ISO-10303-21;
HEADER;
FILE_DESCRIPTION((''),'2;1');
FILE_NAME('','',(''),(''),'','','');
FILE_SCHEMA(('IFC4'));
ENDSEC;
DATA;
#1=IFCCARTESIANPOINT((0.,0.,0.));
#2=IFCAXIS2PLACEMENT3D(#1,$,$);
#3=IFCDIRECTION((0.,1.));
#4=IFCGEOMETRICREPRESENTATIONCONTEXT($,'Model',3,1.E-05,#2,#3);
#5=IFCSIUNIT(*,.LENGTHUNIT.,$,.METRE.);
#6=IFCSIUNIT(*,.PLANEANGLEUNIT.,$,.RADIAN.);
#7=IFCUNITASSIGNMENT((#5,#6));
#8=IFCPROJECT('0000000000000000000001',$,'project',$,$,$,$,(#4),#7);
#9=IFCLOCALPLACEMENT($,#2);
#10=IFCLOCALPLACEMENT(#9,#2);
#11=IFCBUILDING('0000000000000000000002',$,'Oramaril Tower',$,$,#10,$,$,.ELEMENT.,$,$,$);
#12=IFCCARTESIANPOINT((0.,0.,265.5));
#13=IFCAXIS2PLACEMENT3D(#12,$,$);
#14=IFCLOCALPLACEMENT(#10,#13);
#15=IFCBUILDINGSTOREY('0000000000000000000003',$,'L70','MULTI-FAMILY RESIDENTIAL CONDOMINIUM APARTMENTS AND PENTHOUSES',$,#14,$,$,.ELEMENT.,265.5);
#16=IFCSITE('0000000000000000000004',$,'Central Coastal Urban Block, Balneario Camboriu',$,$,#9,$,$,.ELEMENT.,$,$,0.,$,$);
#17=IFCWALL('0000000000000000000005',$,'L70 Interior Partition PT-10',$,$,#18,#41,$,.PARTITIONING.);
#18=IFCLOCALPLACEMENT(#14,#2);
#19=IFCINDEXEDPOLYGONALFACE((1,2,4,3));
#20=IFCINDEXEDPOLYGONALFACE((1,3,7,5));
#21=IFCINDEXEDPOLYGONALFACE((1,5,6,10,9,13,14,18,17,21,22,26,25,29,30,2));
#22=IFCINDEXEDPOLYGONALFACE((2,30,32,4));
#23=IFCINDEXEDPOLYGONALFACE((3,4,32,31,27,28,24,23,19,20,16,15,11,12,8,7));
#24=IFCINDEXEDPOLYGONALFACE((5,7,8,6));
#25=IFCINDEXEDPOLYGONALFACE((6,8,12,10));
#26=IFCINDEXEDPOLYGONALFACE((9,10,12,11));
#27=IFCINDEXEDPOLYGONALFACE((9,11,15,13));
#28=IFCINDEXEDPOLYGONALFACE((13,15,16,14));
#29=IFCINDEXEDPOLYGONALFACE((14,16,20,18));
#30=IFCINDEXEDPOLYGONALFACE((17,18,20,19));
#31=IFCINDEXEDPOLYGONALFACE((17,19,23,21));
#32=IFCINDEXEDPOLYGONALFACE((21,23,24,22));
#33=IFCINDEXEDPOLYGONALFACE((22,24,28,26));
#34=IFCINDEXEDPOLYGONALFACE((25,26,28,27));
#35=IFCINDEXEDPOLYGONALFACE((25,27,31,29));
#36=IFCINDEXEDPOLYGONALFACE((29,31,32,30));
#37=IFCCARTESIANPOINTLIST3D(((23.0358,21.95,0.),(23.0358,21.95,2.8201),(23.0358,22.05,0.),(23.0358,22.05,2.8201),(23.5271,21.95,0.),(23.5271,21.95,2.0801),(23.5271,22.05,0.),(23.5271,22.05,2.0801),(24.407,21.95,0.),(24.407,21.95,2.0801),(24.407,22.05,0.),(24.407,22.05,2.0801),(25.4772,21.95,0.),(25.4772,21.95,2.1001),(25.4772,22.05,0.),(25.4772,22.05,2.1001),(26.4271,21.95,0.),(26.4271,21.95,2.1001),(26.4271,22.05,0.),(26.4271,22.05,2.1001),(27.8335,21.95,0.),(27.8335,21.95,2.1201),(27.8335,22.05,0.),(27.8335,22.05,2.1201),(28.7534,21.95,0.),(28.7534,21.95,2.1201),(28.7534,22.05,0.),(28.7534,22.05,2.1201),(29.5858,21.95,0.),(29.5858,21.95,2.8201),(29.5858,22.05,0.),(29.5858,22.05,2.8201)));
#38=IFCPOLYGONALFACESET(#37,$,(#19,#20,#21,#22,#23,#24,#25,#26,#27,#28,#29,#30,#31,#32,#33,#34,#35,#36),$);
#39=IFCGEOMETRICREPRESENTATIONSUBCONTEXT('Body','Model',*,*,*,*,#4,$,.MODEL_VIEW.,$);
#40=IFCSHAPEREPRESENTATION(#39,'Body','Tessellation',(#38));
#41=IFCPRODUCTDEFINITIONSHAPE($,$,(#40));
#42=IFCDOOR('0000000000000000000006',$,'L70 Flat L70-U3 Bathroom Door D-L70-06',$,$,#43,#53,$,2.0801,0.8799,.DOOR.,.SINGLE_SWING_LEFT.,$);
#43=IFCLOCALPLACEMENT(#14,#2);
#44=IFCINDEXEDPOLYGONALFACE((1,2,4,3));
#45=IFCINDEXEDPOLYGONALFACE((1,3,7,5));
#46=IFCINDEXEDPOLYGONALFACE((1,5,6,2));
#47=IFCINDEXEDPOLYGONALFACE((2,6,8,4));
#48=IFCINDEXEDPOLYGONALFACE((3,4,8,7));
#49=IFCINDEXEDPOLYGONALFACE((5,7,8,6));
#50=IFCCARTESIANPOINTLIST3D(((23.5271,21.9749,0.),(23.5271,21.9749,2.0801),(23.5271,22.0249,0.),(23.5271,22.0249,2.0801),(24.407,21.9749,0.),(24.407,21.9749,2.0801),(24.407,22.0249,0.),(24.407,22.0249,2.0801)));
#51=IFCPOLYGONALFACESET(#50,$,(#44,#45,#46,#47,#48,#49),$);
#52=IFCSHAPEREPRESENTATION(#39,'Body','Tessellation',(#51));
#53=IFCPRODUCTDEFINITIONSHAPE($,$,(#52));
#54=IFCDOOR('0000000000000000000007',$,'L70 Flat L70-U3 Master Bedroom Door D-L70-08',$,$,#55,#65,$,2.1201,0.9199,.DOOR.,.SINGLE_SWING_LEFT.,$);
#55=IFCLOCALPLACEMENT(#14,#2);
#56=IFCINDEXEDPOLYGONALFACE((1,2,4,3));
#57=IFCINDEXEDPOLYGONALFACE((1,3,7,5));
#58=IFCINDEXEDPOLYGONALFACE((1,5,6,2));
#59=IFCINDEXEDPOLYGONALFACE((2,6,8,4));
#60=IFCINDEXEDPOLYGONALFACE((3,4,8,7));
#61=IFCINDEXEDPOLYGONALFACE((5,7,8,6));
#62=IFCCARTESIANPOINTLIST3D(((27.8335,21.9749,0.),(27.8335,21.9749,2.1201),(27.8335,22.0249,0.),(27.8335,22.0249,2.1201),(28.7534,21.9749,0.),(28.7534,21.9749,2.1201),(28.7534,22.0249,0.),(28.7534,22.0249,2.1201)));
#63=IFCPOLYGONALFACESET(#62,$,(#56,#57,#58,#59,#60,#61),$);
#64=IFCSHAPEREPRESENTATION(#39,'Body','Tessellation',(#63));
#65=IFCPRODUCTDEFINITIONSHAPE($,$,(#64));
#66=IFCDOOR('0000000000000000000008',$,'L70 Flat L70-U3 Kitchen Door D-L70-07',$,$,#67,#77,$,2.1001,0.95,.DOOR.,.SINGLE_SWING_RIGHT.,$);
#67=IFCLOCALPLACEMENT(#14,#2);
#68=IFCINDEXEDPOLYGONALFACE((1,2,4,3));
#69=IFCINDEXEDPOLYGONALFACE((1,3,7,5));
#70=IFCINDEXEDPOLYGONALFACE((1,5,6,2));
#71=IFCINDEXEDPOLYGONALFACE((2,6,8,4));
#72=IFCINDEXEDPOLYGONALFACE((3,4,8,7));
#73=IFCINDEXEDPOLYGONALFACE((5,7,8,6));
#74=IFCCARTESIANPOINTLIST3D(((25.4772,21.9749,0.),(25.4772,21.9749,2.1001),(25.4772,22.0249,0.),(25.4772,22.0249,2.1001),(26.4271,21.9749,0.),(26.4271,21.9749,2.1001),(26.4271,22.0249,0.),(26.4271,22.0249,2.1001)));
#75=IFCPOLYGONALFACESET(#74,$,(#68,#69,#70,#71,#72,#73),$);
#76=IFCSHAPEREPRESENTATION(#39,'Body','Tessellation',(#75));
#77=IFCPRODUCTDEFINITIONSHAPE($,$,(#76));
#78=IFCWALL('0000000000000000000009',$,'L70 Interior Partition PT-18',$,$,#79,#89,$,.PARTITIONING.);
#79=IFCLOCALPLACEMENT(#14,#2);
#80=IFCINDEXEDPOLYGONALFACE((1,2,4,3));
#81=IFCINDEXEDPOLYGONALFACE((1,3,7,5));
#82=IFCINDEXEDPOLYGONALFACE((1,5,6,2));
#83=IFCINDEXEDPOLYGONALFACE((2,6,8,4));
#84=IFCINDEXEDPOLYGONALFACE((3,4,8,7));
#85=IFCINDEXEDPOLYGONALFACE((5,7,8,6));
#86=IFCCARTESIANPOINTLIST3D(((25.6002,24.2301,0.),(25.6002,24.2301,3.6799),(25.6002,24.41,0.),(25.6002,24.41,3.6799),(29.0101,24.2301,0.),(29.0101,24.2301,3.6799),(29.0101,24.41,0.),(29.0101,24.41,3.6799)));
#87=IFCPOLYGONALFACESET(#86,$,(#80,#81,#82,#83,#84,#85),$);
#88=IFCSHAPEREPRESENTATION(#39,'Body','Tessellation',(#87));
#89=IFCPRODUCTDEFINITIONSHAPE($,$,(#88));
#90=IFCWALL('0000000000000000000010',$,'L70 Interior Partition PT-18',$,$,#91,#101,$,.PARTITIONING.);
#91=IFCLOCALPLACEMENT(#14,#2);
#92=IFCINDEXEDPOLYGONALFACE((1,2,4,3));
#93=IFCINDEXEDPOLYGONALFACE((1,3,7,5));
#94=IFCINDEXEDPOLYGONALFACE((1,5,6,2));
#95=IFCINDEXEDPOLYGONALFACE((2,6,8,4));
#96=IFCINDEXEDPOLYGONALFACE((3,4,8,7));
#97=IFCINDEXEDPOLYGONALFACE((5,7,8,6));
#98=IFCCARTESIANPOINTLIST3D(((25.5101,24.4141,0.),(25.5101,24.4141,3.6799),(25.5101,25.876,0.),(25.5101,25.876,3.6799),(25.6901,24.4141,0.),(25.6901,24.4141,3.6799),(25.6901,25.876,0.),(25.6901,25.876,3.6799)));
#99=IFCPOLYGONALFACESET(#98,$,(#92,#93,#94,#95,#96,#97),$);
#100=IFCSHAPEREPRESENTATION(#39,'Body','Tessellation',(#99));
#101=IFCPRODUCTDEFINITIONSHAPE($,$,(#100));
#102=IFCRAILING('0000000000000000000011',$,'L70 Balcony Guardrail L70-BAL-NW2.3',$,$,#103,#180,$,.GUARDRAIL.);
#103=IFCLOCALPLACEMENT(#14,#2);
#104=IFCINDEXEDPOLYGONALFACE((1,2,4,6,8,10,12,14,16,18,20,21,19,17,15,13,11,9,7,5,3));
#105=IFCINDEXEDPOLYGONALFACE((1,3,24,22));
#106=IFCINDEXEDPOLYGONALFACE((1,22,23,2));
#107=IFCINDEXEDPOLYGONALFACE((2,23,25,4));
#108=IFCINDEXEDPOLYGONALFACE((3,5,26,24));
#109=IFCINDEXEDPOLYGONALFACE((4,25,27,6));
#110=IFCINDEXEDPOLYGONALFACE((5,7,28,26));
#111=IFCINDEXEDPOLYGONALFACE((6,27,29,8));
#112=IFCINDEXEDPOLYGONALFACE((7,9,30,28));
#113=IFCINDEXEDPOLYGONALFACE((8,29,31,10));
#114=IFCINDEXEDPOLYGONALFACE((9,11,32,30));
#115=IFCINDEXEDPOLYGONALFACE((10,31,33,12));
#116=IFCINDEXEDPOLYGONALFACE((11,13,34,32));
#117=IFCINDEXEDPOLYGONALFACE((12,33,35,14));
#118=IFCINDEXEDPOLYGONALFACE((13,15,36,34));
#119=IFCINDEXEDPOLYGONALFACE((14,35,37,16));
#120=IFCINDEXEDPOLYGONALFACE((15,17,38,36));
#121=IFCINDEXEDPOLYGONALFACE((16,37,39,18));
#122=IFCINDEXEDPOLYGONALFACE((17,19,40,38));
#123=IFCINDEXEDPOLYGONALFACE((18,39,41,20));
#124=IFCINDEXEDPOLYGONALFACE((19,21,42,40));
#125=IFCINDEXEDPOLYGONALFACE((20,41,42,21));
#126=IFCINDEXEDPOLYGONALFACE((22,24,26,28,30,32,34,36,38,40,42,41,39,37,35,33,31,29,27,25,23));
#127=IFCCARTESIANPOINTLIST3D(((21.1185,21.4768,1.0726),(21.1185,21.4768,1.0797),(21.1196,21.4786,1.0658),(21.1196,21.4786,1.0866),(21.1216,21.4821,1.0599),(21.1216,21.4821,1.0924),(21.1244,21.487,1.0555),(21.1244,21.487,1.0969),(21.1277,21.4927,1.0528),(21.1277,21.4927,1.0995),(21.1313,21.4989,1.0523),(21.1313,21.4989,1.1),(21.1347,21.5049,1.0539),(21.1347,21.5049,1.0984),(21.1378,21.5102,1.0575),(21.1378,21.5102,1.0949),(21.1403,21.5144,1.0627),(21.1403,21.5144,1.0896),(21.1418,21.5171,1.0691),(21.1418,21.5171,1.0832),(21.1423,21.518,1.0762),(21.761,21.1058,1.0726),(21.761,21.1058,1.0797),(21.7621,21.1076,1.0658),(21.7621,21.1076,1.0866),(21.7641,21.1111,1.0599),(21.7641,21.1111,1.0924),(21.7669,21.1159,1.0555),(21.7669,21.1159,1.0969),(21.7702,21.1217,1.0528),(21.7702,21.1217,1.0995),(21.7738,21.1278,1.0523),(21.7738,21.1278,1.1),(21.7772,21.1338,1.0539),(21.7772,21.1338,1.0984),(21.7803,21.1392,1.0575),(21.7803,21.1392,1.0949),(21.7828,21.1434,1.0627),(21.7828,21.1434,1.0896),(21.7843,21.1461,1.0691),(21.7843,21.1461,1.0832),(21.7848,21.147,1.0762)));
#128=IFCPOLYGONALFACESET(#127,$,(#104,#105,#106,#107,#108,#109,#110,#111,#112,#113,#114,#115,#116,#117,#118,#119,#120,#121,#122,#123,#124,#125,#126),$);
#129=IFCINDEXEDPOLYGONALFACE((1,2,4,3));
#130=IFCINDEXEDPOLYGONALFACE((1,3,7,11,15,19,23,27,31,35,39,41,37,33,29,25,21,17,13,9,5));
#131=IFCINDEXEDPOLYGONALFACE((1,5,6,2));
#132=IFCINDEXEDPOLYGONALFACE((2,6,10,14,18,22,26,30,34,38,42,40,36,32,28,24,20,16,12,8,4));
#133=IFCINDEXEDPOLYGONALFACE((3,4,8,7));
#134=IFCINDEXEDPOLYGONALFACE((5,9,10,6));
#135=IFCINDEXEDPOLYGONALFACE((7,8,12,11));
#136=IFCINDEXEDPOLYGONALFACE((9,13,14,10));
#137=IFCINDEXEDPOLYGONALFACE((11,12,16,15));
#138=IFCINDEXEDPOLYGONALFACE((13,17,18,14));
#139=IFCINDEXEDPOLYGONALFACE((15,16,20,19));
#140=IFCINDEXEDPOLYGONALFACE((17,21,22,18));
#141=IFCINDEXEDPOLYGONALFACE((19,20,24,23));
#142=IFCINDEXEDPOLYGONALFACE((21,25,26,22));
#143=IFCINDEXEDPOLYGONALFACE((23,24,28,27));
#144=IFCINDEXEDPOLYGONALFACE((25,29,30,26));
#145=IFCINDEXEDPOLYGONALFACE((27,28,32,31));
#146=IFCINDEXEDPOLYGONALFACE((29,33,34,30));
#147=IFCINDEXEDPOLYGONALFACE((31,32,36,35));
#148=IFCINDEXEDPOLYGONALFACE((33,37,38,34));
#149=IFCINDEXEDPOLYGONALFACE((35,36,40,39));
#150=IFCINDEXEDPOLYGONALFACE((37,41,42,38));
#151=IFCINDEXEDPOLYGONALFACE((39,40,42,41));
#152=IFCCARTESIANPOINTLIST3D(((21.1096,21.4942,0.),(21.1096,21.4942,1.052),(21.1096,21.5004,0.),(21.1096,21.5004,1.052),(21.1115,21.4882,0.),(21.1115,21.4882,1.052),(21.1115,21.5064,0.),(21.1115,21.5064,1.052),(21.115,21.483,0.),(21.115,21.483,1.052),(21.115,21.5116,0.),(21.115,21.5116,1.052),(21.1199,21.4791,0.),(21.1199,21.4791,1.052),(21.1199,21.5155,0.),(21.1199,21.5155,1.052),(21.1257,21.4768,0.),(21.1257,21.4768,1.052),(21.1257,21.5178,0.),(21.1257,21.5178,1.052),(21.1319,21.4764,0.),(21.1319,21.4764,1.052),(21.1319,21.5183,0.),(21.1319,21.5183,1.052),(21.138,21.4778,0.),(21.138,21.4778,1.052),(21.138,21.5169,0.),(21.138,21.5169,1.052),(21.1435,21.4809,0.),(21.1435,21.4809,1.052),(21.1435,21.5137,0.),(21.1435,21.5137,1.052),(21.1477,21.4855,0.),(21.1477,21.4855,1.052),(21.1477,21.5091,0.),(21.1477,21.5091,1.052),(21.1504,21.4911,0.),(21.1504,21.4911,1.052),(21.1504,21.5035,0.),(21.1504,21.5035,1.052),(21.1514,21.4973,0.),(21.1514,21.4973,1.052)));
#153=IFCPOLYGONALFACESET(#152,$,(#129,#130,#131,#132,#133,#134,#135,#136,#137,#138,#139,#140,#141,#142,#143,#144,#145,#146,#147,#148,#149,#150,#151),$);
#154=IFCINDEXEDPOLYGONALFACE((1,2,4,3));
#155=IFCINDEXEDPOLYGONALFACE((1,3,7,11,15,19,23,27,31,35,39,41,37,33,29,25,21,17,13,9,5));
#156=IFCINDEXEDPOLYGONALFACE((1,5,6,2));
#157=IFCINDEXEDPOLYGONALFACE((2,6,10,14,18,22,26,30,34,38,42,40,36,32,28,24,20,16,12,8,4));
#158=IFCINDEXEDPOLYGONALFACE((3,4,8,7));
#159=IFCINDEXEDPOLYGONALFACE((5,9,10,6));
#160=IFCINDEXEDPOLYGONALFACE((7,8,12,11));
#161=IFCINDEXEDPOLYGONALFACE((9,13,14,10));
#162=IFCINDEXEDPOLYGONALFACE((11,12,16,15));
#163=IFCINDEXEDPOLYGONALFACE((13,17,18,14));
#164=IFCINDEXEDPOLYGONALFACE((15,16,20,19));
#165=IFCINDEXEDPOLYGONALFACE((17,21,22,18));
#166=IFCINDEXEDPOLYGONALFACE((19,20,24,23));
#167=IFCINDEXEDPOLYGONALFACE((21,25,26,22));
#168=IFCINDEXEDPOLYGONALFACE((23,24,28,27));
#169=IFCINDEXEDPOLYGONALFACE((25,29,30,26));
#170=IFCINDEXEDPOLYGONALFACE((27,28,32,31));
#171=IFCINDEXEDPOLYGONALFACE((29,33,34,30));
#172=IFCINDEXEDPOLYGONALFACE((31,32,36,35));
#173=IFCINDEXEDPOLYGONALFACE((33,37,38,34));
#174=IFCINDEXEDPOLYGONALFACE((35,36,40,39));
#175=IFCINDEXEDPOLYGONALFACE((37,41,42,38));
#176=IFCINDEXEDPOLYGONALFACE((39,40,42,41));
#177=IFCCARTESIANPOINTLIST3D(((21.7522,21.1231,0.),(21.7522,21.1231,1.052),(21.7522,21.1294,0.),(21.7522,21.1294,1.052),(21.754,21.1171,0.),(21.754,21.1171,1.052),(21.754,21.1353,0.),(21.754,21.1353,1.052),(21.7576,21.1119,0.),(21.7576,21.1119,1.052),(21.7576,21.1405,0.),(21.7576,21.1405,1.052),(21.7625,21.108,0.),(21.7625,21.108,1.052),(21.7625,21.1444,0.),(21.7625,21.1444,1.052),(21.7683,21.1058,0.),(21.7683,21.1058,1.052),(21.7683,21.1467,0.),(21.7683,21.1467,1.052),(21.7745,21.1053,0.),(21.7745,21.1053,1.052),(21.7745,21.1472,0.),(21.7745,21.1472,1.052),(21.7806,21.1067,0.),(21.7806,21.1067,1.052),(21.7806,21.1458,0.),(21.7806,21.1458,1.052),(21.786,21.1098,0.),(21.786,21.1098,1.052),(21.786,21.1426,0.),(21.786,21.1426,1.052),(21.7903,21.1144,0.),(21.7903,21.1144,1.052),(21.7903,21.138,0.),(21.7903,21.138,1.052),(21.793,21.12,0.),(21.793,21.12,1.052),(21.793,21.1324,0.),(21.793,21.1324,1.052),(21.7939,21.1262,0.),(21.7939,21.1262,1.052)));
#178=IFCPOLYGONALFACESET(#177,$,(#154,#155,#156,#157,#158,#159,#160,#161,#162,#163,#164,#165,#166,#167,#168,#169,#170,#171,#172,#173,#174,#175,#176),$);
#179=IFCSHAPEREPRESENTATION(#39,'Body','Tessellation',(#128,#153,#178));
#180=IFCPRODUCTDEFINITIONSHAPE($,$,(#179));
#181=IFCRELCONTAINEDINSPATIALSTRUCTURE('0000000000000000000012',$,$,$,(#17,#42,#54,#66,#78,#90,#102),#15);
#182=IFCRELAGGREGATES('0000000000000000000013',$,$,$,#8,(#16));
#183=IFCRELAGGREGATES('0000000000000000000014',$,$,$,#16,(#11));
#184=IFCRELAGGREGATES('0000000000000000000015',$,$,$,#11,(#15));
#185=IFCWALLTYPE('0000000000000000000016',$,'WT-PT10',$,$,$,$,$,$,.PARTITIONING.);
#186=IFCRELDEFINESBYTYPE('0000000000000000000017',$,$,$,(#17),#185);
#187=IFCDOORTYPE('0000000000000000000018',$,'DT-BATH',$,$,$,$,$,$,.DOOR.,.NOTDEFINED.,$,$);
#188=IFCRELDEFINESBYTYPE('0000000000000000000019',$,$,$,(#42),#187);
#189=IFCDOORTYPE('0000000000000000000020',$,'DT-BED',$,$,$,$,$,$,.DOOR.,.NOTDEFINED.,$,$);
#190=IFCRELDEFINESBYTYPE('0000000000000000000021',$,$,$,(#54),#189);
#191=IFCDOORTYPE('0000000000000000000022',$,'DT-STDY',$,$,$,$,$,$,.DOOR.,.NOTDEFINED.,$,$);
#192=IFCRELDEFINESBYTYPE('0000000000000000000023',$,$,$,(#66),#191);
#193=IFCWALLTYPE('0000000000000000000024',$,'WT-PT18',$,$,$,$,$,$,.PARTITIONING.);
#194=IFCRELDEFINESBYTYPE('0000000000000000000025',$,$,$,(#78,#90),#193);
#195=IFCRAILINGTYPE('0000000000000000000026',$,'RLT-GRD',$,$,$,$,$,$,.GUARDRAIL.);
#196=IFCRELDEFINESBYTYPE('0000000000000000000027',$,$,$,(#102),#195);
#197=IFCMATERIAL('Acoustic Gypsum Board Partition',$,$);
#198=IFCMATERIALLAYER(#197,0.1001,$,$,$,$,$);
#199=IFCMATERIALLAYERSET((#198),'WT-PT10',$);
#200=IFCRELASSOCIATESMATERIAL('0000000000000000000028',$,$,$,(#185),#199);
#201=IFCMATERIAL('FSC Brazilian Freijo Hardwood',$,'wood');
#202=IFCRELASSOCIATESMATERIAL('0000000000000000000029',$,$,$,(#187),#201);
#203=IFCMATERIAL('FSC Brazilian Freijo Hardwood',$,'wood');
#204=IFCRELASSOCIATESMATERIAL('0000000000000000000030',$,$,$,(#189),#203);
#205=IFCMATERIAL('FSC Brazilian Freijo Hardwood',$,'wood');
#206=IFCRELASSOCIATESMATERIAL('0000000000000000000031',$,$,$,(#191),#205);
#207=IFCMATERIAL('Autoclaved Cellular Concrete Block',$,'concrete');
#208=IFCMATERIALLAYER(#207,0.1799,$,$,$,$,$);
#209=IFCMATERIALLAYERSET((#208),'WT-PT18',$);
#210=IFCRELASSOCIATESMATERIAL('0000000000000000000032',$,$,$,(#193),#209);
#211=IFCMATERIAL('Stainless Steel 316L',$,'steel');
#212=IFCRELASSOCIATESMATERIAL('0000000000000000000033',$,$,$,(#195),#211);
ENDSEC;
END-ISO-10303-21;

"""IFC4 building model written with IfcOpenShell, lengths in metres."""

from ifc_helpers import new_model, si_unit, direction, frame, frame_2d, origin, origin_2d, place, context, subcontext, project, spatial, rectangle, circle, extrude, material, layer, layer_set, type_object, element, fill, save


model = new_model("IFC4")

# Units and contexts
model_context = context("Model", 3, precision=1e-05, world=origin(), true_north=direction((0.0, 1.0)))
body_context = subcontext(model_context, "Body", "Model", "MODEL_VIEW")
ifc_project = project(units=[si_unit("LENGTHUNIT", "METRE"), si_unit("PLANEANGLEUNIT", "RADIAN")], contexts=[model_context])

# Site, building, storey
site_placement = place(None, origin())
site = spatial("IfcSite", under=ifc_project, at=site_placement, Name="Central Coastal Urban Block, Balneario Camboriu", CompositionType="ELEMENT", RefElevation=0.0)
building_placement = place(site_placement, origin())
building = spatial("IfcBuilding", under=site, at=building_placement, Name="Oramaril Tower", CompositionType="ELEMENT")
storey_placement = place(building_placement, frame((0.0, 0.0, 265.5)))
storey = spatial("IfcBuildingStorey", under=building, at=storey_placement, Name="L70", Description="MULTI-FAMILY RESIDENTIAL CONDOMINIUM APARTMENTS AND PENTHOUSES", CompositionType="ELEMENT", Elevation=265.5)

# Wall, openings, doors
ifc_material_1 = material(Name="Acoustic Gypsum Board Partition")
ifc_layer_1 = layer(ifc_material_1, 0.1001)
ifc_layer_set_1 = layer_set([ifc_layer_1], Name="WT-PT10")
wall_type_1 = type_object("IfcWallType", Name="WT-PT10", PredefinedType="PARTITIONING", material=ifc_layer_set_1)
wall_1_placement = place(storey_placement, frame((23.0359, 22.0, 0.0), z_axis=(0.0, 0.0, 1.0), x_axis=(1.0, 0.0, 0.0)))
wall_1 = element("IfcWall", 1, at=wall_1_placement, inside=storey, type_object=wall_type_1, Name="L70 Interior Partition PT-10", PredefinedType="PARTITIONING", context=body_context, shape_type="SweptSolid", body=[
    extrude(rectangle(XDim=6.55, YDim=0.1001, at=frame_2d((3.2749, 0.0))), origin(), (0.0, 0.0, 1.0), 2.8201),
])
opening_1_placement = place(wall_1_placement, frame((0.4912, 0.0, 0.0)))
opening_1 = element("IfcOpeningElement", 2, at=opening_1_placement, cuts=wall_1, PredefinedType="OPENING", context=body_context, shape_type="SweptSolid", body=[
    extrude(rectangle(XDim=0.8799, YDim=2.0801, at=frame_2d((0.4399, 1.04))), frame((0.0, 0.05, 0.0), z_axis=(0.0, -1.0, 0.0), x_axis=(1.0, 0.0, 0.0)), (0.0, 0.0, 1.0), 0.1001),
])
opening_2_placement = place(wall_1_placement, frame((2.4412, 0.0, 0.0)))
opening_2 = element("IfcOpeningElement", 3, at=opening_2_placement, cuts=wall_1, PredefinedType="OPENING", context=body_context, shape_type="SweptSolid", body=[
    extrude(rectangle(XDim=0.95, YDim=2.1001, at=frame_2d((0.4751, 1.05))), frame((0.0, 0.05, 0.0), z_axis=(0.0, -1.0, 0.0), x_axis=(1.0, 0.0, 0.0)), (0.0, 0.0, 1.0), 0.1001),
])
opening_3_placement = place(wall_1_placement, frame((4.7976, 0.0, 0.0)))
opening_3 = element("IfcOpeningElement", 4, at=opening_3_placement, cuts=wall_1, PredefinedType="OPENING", context=body_context, shape_type="SweptSolid", body=[
    extrude(rectangle(XDim=0.9199, YDim=2.1201, at=frame_2d((0.46, 1.0601))), frame((0.0, 0.05, 0.0), z_axis=(0.0, -1.0, 0.0), x_axis=(1.0, 0.0, 0.0)), (0.0, 0.0, 1.0), 0.1001),
])
ifc_material_2 = material(Name="FSC Brazilian Freijo Hardwood", Category="wood")
door_type_1 = type_object("IfcDoorType", Name="DT-BATH", OperationType="NOTDEFINED", PredefinedType="DOOR", material=ifc_material_2)
door_1_placement = place(opening_1_placement, origin())
door_1 = element("IfcDoor", 5, at=door_1_placement, inside=storey, type_object=door_type_1, Name="L70 Flat L70-U3 Bathroom Door D-L70-06", OperationType="SINGLE_SWING_LEFT", OverallHeight=2.0801, OverallWidth=0.8799, PredefinedType="DOOR", context=body_context, shape_type="SweptSolid", body=[
    extrude(rectangle(XDim=0.8799, YDim=2.0801, at=frame_2d((0.4399, 1.04))), frame((0.0, 0.0249, 0.0), z_axis=(0.0, -1.0, 0.0), x_axis=(1.0, 0.0, 0.0)), (0.0, 0.0, 1.0), 0.05),
])
fill(opening_1, door_1)
ifc_material_3 = material(Name="FSC Brazilian Freijo Hardwood", Category="wood")
door_type_2 = type_object("IfcDoorType", Name="DT-BED", OperationType="NOTDEFINED", PredefinedType="DOOR", material=ifc_material_3)
door_2_placement = place(opening_3_placement, origin())
door_2 = element("IfcDoor", 6, at=door_2_placement, inside=storey, type_object=door_type_2, Name="L70 Flat L70-U3 Master Bedroom Door D-L70-08", OperationType="SINGLE_SWING_LEFT", OverallHeight=2.1201, OverallWidth=0.9199, PredefinedType="DOOR", context=body_context, shape_type="SweptSolid", body=[
    extrude(rectangle(XDim=0.9199, YDim=2.1201, at=frame_2d((0.46, 1.0601))), frame((0.0, 0.0249, 0.0), z_axis=(0.0, -1.0, 0.0), x_axis=(1.0, 0.0, 0.0)), (0.0, 0.0, 1.0), 0.05),
])
fill(opening_3, door_2)
ifc_material_4 = material(Name="FSC Brazilian Freijo Hardwood", Category="wood")
door_type_3 = type_object("IfcDoorType", Name="DT-STDY", OperationType="NOTDEFINED", PredefinedType="DOOR", material=ifc_material_4)
door_3_placement = place(opening_2_placement, origin())
door_3 = element("IfcDoor", 7, at=door_3_placement, inside=storey, type_object=door_type_3, Name="L70 Flat L70-U3 Kitchen Door D-L70-07", OperationType="SINGLE_SWING_RIGHT", OverallHeight=2.1001, OverallWidth=0.95, PredefinedType="DOOR", context=body_context, shape_type="SweptSolid", body=[
    extrude(rectangle(XDim=0.95, YDim=2.1001, at=frame_2d((0.4751, 1.05))), frame((0.0, 0.0249, 0.0), z_axis=(0.0, -1.0, 0.0), x_axis=(1.0, 0.0, 0.0)), (0.0, 0.0, 1.0), 0.05),
])
fill(opening_2, door_3)

# Wall
ifc_material_5 = material(Name="Autoclaved Cellular Concrete Block", Category="concrete")
ifc_layer_2 = layer(ifc_material_5, 0.1799)
ifc_layer_set_2 = layer_set([ifc_layer_2], Name="WT-PT18")
wall_type_2 = type_object("IfcWallType", Name="WT-PT18", PredefinedType="PARTITIONING", material=ifc_layer_set_2)
wall_2_placement = place(storey_placement, frame((25.6001, 24.3201, 0.0), z_axis=(0.0, 0.0, 1.0), x_axis=(1.0, 0.0, 0.0)))
element("IfcWall", 8, at=wall_2_placement, inside=storey, type_object=wall_type_2, Name="L70 Interior Partition PT-18", PredefinedType="PARTITIONING", context=body_context, shape_type="SweptSolid", body=[
    extrude(rectangle(XDim=3.4099, YDim=0.1799, at=frame_2d((1.7051, 0.0))), origin(), (0.0, 0.0, 1.0), 3.6799),
])

# Wall
wall_3_placement = place(storey_placement, frame((25.6001, 24.4141, 0.0), z_axis=(0.0, 0.0, 1.0), x_axis=(0.0, 1.0, 0.0)))
element("IfcWall", 9, at=wall_3_placement, inside=storey, type_object=wall_type_2, Name="L70 Interior Partition PT-18", PredefinedType="PARTITIONING", context=body_context, shape_type="SweptSolid", body=[
    extrude(rectangle(XDim=1.4619, YDim=0.1799, at=frame_2d((0.731, 0.0))), origin(), (0.0, 0.0, 1.0), 3.6799),
])

# Railing
ifc_material_6 = material(Name="Stainless Steel 316L", Category="steel")
railing_type = type_object("IfcRailingType", Name="RLT-GRD", PredefinedType="GUARDRAIL", material=ifc_material_6)
railing_placement = place(storey_placement, frame((21.1304, 21.4973, 0.0)))
element("IfcRailing", 10, at=railing_placement, inside=storey, type_object=railing_type, Name="L70 Balcony Guardrail L70-BAL-NW2.3", PredefinedType="GUARDRAIL", context=body_context, shape_type="SweptSolid", body=[
    extrude(circle(Radius=0.0239, at=origin_2d()), frame((0.0, 0.0, 1.0762), z_axis=(0.865966, -0.500102, 0.0), x_axis=(0.500102, 0.865966, 0.0)), (0.0, 0.0, 1.0), 0.7419),
    extrude(circle(Radius=0.021, at=origin_2d()), origin(), (0.0, 0.0, 1.0), 1.052),
    extrude(circle(Radius=0.021, at=origin_2d()), frame((0.6426, -0.3711, 0.0)), (0.0, 0.0, 1.0), 1.052),
])

save(model, "model.ifc")
